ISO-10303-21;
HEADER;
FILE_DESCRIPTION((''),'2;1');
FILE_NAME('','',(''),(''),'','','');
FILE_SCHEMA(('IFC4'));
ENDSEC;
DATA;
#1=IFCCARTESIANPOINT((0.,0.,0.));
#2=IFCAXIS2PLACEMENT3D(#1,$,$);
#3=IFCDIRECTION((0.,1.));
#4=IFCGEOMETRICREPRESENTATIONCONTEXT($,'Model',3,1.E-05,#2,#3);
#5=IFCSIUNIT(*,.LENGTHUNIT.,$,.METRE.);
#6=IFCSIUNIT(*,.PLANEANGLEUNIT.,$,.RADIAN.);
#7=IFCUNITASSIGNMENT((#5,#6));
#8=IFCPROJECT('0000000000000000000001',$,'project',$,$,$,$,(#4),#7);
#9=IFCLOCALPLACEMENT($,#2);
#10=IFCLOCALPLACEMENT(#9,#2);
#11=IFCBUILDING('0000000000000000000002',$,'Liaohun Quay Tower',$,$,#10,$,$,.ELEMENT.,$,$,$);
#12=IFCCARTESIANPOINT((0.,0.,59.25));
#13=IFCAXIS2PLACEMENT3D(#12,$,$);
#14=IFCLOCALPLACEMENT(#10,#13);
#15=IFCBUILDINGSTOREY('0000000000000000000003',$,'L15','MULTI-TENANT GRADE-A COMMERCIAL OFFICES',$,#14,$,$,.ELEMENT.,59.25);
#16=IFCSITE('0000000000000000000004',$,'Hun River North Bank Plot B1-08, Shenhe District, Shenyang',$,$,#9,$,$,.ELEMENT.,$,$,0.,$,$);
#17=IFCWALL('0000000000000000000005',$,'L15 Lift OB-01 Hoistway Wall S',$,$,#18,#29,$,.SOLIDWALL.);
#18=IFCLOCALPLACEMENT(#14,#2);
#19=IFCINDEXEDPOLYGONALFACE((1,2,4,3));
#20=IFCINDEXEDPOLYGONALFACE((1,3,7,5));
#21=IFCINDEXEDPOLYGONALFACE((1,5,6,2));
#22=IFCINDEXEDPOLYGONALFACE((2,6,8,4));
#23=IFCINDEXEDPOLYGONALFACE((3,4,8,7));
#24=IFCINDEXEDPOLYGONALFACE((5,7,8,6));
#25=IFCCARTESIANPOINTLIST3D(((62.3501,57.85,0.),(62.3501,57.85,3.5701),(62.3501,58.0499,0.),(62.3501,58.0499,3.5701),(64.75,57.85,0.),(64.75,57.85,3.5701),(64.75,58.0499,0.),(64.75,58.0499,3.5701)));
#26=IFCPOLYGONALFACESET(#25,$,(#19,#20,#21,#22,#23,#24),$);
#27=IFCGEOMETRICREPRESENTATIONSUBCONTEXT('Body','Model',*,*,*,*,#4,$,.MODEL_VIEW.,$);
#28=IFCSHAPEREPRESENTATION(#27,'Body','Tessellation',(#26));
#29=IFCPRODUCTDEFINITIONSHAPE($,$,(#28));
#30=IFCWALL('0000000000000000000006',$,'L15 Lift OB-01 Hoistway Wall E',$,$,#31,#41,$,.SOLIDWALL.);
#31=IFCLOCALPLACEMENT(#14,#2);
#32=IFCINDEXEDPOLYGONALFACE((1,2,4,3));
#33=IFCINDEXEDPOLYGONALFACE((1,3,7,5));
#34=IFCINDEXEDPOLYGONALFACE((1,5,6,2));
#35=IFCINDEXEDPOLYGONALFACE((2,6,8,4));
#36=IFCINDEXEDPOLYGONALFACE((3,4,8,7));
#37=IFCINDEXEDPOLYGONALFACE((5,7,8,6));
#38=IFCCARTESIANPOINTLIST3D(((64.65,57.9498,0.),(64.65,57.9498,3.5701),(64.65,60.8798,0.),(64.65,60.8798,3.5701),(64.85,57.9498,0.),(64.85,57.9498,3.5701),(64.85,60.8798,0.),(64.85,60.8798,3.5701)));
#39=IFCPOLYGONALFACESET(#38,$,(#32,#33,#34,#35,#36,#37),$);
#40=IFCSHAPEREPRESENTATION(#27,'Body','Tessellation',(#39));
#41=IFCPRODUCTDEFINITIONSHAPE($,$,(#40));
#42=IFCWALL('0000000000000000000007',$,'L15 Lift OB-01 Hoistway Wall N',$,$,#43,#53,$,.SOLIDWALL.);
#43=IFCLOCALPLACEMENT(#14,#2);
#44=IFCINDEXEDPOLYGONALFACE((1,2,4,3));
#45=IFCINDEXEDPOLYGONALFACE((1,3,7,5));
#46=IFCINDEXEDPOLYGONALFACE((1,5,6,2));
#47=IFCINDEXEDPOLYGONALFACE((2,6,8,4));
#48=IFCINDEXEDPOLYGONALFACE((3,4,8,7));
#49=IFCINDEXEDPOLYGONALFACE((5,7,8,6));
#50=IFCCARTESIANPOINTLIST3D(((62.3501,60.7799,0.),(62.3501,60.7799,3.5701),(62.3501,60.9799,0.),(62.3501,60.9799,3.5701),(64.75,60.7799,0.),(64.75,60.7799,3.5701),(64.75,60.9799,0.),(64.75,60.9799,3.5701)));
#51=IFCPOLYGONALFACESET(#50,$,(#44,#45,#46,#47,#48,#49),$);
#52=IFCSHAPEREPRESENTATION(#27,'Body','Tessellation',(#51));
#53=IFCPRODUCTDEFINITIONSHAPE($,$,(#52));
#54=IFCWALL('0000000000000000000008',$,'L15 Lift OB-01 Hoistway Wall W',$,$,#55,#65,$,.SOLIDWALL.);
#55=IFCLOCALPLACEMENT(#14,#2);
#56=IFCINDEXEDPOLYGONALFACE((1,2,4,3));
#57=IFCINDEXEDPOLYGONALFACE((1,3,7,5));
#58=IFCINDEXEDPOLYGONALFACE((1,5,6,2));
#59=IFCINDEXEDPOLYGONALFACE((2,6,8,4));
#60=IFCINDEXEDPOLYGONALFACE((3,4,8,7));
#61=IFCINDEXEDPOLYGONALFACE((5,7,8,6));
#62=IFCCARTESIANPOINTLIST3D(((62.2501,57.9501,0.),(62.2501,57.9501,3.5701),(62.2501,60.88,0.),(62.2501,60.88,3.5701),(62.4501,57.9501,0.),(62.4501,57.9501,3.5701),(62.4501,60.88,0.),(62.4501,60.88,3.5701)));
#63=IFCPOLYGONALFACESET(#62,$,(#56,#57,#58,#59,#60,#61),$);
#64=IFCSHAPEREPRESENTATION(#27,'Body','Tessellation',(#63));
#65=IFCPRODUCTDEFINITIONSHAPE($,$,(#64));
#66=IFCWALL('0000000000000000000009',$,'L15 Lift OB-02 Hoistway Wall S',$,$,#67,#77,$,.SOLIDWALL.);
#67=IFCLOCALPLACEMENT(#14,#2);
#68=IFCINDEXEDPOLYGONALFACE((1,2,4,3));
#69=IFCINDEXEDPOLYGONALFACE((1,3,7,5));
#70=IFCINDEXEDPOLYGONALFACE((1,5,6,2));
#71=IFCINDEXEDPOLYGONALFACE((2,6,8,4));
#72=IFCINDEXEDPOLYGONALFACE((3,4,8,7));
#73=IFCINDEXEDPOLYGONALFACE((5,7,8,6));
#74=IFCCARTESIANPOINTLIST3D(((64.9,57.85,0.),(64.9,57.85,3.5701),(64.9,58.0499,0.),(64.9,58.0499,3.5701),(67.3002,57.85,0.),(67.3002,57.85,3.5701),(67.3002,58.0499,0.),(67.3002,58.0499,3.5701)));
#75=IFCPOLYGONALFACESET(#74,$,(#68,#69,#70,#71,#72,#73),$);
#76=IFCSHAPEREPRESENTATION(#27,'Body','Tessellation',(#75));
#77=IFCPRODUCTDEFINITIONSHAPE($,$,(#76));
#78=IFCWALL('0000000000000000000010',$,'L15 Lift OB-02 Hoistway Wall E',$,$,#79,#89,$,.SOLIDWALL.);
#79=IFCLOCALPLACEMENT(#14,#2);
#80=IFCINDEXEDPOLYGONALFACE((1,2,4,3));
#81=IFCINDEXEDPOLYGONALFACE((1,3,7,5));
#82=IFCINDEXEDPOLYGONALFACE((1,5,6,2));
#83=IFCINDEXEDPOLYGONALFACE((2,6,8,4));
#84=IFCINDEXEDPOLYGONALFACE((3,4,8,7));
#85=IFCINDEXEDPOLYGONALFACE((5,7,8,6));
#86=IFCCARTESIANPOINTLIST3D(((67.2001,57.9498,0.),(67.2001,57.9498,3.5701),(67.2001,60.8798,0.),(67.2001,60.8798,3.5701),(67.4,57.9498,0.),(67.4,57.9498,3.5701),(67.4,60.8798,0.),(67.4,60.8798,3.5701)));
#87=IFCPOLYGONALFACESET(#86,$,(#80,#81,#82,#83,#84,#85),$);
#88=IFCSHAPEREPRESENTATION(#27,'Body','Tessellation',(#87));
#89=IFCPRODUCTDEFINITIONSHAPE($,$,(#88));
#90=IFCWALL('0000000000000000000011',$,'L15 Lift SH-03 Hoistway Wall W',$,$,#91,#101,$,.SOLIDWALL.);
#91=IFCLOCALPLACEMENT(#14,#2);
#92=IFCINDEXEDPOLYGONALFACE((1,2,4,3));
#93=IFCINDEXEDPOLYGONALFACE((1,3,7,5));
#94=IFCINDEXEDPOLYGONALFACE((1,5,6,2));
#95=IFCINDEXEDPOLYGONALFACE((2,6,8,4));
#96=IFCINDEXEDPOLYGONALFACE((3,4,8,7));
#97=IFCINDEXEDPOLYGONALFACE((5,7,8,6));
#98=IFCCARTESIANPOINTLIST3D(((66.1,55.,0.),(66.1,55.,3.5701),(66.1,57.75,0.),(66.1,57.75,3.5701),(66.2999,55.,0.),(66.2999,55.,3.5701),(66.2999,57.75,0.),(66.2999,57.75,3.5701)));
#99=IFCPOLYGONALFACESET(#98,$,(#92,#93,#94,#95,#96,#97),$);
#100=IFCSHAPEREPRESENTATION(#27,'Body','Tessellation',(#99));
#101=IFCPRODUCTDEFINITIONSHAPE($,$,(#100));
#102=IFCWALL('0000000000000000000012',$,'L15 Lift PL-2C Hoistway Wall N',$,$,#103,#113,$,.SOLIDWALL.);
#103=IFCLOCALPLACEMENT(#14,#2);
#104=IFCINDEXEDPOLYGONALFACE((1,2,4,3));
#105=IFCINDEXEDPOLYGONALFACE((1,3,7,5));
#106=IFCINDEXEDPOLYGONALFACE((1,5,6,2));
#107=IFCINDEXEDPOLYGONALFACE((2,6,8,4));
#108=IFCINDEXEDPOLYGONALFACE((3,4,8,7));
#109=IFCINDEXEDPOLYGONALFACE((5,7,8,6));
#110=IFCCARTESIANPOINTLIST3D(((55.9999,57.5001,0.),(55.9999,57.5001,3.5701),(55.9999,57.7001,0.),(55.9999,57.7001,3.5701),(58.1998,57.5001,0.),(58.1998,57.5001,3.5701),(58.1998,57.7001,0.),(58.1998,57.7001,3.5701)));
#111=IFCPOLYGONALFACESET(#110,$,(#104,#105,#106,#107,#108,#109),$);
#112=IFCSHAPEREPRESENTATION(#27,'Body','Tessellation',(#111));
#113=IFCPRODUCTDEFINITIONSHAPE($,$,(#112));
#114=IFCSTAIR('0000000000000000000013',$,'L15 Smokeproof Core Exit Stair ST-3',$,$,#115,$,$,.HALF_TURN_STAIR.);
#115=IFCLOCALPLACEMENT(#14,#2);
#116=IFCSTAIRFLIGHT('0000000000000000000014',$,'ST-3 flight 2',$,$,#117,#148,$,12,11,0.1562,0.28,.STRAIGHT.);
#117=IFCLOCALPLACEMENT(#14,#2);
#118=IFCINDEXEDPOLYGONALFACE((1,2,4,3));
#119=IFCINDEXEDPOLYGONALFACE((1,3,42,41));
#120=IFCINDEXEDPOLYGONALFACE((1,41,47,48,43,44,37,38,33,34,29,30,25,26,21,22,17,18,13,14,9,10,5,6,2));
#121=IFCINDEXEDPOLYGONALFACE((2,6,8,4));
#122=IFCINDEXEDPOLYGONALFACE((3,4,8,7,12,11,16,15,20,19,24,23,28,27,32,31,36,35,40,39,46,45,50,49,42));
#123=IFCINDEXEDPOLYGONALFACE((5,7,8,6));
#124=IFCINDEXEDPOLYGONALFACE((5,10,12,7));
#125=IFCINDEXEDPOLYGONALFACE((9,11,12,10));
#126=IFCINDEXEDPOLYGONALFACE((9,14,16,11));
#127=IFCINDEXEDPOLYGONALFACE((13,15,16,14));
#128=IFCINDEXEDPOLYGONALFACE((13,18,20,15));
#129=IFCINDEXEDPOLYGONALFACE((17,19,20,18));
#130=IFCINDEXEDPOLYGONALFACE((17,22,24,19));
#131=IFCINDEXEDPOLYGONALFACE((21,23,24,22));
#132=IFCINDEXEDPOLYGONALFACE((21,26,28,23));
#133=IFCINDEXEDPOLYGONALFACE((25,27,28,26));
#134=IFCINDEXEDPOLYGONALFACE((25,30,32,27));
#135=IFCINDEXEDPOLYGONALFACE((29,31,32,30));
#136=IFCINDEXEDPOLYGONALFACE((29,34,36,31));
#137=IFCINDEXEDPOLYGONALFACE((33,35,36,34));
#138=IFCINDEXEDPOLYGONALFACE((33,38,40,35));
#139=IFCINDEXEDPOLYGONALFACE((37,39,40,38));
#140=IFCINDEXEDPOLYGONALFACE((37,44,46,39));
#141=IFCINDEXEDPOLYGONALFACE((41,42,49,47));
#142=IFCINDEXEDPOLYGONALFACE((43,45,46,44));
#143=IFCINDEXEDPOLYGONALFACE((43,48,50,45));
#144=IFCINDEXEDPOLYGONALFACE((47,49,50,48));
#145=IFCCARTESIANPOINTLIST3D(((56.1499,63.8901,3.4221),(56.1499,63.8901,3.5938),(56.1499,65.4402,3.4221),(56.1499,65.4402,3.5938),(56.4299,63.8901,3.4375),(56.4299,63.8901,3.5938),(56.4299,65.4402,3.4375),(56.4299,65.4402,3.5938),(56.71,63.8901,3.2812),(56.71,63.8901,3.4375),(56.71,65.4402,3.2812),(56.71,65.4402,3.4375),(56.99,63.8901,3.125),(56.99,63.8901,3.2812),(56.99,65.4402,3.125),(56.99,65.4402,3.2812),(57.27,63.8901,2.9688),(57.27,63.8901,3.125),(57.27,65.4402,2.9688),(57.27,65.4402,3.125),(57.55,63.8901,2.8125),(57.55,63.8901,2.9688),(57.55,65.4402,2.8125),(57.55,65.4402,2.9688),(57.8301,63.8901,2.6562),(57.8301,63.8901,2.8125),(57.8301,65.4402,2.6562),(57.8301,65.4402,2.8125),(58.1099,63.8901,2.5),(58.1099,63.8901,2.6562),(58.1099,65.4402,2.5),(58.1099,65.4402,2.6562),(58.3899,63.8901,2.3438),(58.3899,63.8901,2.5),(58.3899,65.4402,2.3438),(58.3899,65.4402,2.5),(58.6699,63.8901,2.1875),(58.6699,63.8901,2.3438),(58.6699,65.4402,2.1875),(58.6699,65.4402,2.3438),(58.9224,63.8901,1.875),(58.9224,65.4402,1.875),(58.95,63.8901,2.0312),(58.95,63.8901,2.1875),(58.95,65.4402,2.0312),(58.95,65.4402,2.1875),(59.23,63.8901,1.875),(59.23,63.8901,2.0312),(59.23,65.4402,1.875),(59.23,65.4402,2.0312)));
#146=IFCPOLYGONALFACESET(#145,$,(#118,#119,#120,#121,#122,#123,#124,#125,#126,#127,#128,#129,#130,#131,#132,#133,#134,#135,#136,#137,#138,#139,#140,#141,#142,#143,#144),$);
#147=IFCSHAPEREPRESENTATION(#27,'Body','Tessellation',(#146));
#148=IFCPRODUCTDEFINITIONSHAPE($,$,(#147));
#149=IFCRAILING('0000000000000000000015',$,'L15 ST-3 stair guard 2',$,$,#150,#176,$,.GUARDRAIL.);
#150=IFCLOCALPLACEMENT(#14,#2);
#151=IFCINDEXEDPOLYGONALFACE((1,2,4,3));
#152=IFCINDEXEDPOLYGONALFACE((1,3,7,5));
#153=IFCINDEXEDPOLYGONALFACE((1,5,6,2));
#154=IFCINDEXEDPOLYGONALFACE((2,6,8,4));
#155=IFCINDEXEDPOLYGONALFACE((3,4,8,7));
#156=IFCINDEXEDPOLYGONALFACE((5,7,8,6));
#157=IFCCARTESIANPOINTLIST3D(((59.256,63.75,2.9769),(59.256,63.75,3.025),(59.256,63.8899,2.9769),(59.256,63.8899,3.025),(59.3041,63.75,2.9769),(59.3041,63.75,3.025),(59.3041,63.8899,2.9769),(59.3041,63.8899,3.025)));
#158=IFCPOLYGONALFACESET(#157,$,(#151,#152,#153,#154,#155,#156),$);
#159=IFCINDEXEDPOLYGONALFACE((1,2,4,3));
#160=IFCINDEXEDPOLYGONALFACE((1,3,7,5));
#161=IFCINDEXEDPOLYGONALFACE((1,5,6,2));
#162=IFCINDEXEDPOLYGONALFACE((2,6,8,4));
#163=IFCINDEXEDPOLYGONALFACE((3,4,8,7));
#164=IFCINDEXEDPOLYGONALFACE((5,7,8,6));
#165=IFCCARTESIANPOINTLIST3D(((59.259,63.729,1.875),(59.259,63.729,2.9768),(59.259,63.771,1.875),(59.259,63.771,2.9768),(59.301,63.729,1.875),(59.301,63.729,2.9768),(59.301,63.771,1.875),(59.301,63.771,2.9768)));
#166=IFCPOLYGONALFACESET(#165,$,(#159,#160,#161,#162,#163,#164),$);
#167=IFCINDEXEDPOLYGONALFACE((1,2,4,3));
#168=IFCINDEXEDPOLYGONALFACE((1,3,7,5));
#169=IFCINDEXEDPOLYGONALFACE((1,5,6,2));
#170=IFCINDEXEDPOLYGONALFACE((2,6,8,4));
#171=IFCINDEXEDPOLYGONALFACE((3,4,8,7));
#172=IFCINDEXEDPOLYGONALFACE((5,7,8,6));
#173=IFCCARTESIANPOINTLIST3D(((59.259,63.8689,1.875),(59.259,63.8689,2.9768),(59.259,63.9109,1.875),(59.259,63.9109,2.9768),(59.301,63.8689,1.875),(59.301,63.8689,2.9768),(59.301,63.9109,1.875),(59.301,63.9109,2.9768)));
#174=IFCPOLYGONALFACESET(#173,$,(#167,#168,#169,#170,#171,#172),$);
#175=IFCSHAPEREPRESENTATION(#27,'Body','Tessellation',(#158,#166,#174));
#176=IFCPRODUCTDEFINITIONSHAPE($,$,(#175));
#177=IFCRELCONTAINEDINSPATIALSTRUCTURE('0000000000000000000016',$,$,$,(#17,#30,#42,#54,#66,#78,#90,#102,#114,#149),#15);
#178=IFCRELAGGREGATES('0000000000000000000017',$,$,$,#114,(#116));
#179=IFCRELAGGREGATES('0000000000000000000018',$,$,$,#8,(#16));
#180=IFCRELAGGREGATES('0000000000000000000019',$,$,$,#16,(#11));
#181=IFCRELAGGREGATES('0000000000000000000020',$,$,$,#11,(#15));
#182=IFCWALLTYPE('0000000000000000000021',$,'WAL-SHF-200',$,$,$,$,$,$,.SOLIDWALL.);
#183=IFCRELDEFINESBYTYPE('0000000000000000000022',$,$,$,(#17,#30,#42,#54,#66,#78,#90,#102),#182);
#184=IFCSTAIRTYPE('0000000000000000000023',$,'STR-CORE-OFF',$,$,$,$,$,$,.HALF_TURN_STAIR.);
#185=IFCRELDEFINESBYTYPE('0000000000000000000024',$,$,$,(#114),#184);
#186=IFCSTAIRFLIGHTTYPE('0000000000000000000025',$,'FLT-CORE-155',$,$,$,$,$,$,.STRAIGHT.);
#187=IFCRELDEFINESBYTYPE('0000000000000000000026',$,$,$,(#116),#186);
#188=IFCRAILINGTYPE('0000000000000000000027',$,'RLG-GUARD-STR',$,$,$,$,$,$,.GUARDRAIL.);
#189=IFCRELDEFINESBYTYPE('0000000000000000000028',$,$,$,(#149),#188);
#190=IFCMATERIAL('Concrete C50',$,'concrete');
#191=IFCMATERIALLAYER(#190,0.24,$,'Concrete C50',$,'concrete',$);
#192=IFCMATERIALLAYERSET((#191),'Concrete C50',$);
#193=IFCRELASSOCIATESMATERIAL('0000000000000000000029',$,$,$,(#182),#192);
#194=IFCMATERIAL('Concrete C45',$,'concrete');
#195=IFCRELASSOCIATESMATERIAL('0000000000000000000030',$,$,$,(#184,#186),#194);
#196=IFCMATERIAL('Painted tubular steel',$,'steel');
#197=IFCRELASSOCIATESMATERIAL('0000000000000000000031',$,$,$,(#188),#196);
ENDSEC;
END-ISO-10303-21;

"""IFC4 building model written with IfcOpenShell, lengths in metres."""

from ifc_helpers import new_model, si_unit, direction, frame, frame_2d, origin, origin_2d, place, context, subcontext, project, spatial, polyline, rectangle, outline, extrude, material, layer, layer_set, type_object, element, aggregate, save


model = new_model("IFC4")

# Units and contexts
model_context = context("Model", 3, precision=1e-05, world=origin(), true_north=direction((0.0, 1.0)))
body_context = subcontext(model_context, "Body", "Model", "MODEL_VIEW")
ifc_project = project(units=[si_unit("LENGTHUNIT", "METRE"), si_unit("PLANEANGLEUNIT", "RADIAN")], contexts=[model_context])

# Site, building, storey
site_placement = place(None, origin())
site = spatial("IfcSite", under=ifc_project, at=site_placement, Name="Hun River North Bank Plot B1-08, Shenhe District, Shenyang", CompositionType="ELEMENT", RefElevation=0.0)
building_placement = place(site_placement, origin())
building = spatial("IfcBuilding", under=site, at=building_placement, Name="Liaohun Quay Tower", CompositionType="ELEMENT")
storey_placement = place(building_placement, frame((0.0, 0.0, 59.25)))
storey = spatial("IfcBuildingStorey", under=building, at=storey_placement, Name="L15", Description="MULTI-TENANT GRADE-A COMMERCIAL OFFICES", CompositionType="ELEMENT", Elevation=59.25)

# Shared definitions
ifc_material_1 = material(Name="Concrete C50", Category="concrete")
ifc_layer_1 = layer(ifc_material_1, 0.24, Name="Concrete C50", Category="concrete")
ifc_layer_set_1 = layer_set([ifc_layer_1], Name="Concrete C50")
wall_type_1 = type_object("IfcWallType", Name="WAL-SHF-200", PredefinedType="SOLIDWALL", material=ifc_layer_set_1)

# Walls
wall_1_placement = place(storey_placement, frame((62.3501, 57.95, 0.0), z_axis=(0.0, 0.0, 1.0), x_axis=(1.0, 0.0, 0.0)))
element("IfcWall", 1, at=wall_1_placement, inside=storey, type_object=wall_type_1, Name="L15 Lift OB-01 Hoistway Wall S", PredefinedType="SOLIDWALL", context=body_context, shape_type="SweptSolid", body=[
    extrude(rectangle(XDim=2.3999, YDim=0.2, at=frame_2d((1.2, 0.0))), origin(), (0.0, 0.0, 1.0), 3.5701),
])
wall_2_placement = place(storey_placement, frame((64.75, 57.95, 0.0), z_axis=(0.0, 0.0, 1.0), x_axis=(0.0, 1.0, 0.0)))
element("IfcWall", 2, at=wall_2_placement, inside=storey, type_object=wall_type_1, Name="L15 Lift OB-01 Hoistway Wall E", PredefinedType="SOLIDWALL", context=body_context, shape_type="SweptSolid", body=[
    extrude(rectangle(XDim=2.9299, YDim=0.2, at=frame_2d((1.4648, 0.0))), origin(), (0.0, 0.0, 1.0), 3.5701),
])
wall_3_placement = place(storey_placement, frame((64.75, 60.8799, 0.0), z_axis=(0.0, 0.0, 1.0), x_axis=(-1.0, 0.0, 0.0)))
element("IfcWall", 3, at=wall_3_placement, inside=storey, type_object=wall_type_1, Name="L15 Lift OB-01 Hoistway Wall N", PredefinedType="SOLIDWALL", context=body_context, shape_type="SweptSolid", body=[
    extrude(rectangle(XDim=2.3999, YDim=0.2, at=frame_2d((1.2, 0.0))), origin(), (0.0, 0.0, 1.0), 3.5701),
])
wall_4_placement = place(storey_placement, frame((62.3501, 60.8799, 0.0), z_axis=(0.0, 0.0, 1.0), x_axis=(0.0, -1.0, 0.0)))
element("IfcWall", 4, at=wall_4_placement, inside=storey, type_object=wall_type_1, Name="L15 Lift OB-01 Hoistway Wall W", PredefinedType="SOLIDWALL", context=body_context, shape_type="SweptSolid", body=[
    extrude(rectangle(XDim=2.9299, YDim=0.2, at=frame_2d((1.4648, 0.0))), origin(), (0.0, 0.0, 1.0), 3.5701),
])
wall_5_placement = place(storey_placement, frame((64.8999, 57.95, 0.0), z_axis=(0.0, 0.0, 1.0), x_axis=(1.0, 0.0, 0.0)))
element("IfcWall", 5, at=wall_5_placement, inside=storey, type_object=wall_type_1, Name="L15 Lift OB-02 Hoistway Wall S", PredefinedType="SOLIDWALL", context=body_context, shape_type="SweptSolid", body=[
    extrude(rectangle(XDim=2.4001, YDim=0.2, at=frame_2d((1.2002, 0.0))), origin(), (0.0, 0.0, 1.0), 3.5701),
])
wall_6_placement = place(storey_placement, frame((67.3, 57.95, 0.0), z_axis=(0.0, 0.0, 1.0), x_axis=(0.0, 1.0, 0.0)))
element("IfcWall", 6, at=wall_6_placement, inside=storey, type_object=wall_type_1, Name="L15 Lift OB-02 Hoistway Wall E", PredefinedType="SOLIDWALL", context=body_context, shape_type="SweptSolid", body=[
    extrude(rectangle(XDim=2.9299, YDim=0.2, at=frame_2d((1.4648, 0.0))), origin(), (0.0, 0.0, 1.0), 3.5701),
])
wall_7_placement = place(storey_placement, frame((66.2, 57.75, 0.0), z_axis=(0.0, 0.0, 1.0), x_axis=(0.0, -1.0, 0.0)))
element("IfcWall", 7, at=wall_7_placement, inside=storey, type_object=wall_type_1, Name="L15 Lift SH-03 Hoistway Wall W", PredefinedType="SOLIDWALL", context=body_context, shape_type="SweptSolid", body=[
    extrude(rectangle(XDim=2.75, YDim=0.2, at=frame_2d((1.375, 0.0))), origin(), (0.0, 0.0, 1.0), 3.5701),
])
wall_8_placement = place(storey_placement, frame((58.2, 57.6001, 0.0), z_axis=(0.0, 0.0, 1.0), x_axis=(-1.0, 0.0, 0.0)))
element("IfcWall", 8, at=wall_8_placement, inside=storey, type_object=wall_type_1, Name="L15 Lift PL-2C Hoistway Wall N", PredefinedType="SOLIDWALL", context=body_context, shape_type="SweptSolid", body=[
    extrude(rectangle(XDim=2.2, YDim=0.2, at=frame_2d((1.1001, 0.0))), origin(), (0.0, 0.0, 1.0), 3.5701),
])

# Stair, stair flight
ifc_material_2 = material(Name="Concrete C45", Category="concrete")
stair_type = type_object("IfcStairType", Name="STR-CORE-OFF", PredefinedType="HALF_TURN_STAIR", material=ifc_material_2)
stair_placement = place(storey_placement, origin())
stair = element("IfcStair", 9, at=stair_placement, inside=storey, type_object=stair_type, Name="L15 Smokeproof Core Exit Stair ST-3", PredefinedType="HALF_TURN_STAIR")
stair_flight_type = type_object("IfcStairFlightType", Name="FLT-CORE-155", PredefinedType="STRAIGHT", material=ifc_material_2)
stair_flight_placement = place(storey_placement, frame((59.23, 64.665, 1.875), z_axis=(0.0, 0.0, 1.0), x_axis=(-1.0, 0.0, 0.0)))
stair_flight = element("IfcStairFlight", 10, at=stair_flight_placement, type_object=stair_flight_type, Name="ST-3 flight 2", NumberOfRisers=12, NumberOfTreads=11, PredefinedType="STRAIGHT", RiserHeight=0.1562, TreadLength=0.28, context=body_context, shape_type="SweptSolid", body=[
    extrude(outline(polyline([(0.0, 0.0), (0.0, 0.1562), (0.28, 0.1562), (0.28, 0.3125), (0.5601, 0.3125), (0.5601, 0.4688), (0.8401, 0.4688), (0.8401, 0.625), (1.1201, 0.625), (1.1201, 0.7812), (1.3999, 0.7812), (1.3999, 0.9375), (1.6799, 0.9375), (1.6799, 1.0938), (1.96, 1.0938), (1.96, 1.25), (2.24, 1.25), (2.24, 1.4062), (2.52, 1.4062), (2.52, 1.5625), (2.8, 1.5625), (2.8, 1.7188), (3.0801, 1.7188), (3.0801, 1.875), (3.0801, 1.5471), (0.3076, 0.0), (0.0, 0.0)])), frame((0.0, 0.7749, 0.0), z_axis=(0.0, -1.0, 0.0), x_axis=(1.0, 0.0, 0.0)), (0.0, 0.0, 1.0), 1.55),
])
aggregate(stair, [stair_flight])

# Railing
ifc_material_3 = material(Name="Painted tubular steel", Category="steel")
railing_type_1 = type_object("IfcRailingType", Name="RLG-GUARD-STR", PredefinedType="GUARDRAIL", material=ifc_material_3)
railing_1_placement = place(storey_placement, frame((59.28, 63.75, 1.875)))
element("IfcRailing", 11, at=railing_1_placement, inside=storey, type_object=railing_type_1, Name="L15 ST-3 stair guard 2", PredefinedType="GUARDRAIL", context=body_context, shape_type="SweptSolid", body=[
    extrude(rectangle(XDim=0.0481, YDim=0.0481, at=origin_2d()), frame((0.0, 0.0, 1.126), z_axis=(0.0, 1.0, 0.0), x_axis=(-1.0, 0.0, 0.0)), (0.0, 0.0, 1.0), 0.1399),
    extrude(rectangle(XDim=0.042, YDim=0.042, at=origin_2d()), origin(), (0.0, 0.0, 1.0), 1.1018),
    extrude(rectangle(XDim=0.042, YDim=0.042, at=origin_2d()), frame((0.0, 0.1399, 0.0)), (0.0, 0.0, 1.0), 1.1018),
])

save(model, "model.ifc")
